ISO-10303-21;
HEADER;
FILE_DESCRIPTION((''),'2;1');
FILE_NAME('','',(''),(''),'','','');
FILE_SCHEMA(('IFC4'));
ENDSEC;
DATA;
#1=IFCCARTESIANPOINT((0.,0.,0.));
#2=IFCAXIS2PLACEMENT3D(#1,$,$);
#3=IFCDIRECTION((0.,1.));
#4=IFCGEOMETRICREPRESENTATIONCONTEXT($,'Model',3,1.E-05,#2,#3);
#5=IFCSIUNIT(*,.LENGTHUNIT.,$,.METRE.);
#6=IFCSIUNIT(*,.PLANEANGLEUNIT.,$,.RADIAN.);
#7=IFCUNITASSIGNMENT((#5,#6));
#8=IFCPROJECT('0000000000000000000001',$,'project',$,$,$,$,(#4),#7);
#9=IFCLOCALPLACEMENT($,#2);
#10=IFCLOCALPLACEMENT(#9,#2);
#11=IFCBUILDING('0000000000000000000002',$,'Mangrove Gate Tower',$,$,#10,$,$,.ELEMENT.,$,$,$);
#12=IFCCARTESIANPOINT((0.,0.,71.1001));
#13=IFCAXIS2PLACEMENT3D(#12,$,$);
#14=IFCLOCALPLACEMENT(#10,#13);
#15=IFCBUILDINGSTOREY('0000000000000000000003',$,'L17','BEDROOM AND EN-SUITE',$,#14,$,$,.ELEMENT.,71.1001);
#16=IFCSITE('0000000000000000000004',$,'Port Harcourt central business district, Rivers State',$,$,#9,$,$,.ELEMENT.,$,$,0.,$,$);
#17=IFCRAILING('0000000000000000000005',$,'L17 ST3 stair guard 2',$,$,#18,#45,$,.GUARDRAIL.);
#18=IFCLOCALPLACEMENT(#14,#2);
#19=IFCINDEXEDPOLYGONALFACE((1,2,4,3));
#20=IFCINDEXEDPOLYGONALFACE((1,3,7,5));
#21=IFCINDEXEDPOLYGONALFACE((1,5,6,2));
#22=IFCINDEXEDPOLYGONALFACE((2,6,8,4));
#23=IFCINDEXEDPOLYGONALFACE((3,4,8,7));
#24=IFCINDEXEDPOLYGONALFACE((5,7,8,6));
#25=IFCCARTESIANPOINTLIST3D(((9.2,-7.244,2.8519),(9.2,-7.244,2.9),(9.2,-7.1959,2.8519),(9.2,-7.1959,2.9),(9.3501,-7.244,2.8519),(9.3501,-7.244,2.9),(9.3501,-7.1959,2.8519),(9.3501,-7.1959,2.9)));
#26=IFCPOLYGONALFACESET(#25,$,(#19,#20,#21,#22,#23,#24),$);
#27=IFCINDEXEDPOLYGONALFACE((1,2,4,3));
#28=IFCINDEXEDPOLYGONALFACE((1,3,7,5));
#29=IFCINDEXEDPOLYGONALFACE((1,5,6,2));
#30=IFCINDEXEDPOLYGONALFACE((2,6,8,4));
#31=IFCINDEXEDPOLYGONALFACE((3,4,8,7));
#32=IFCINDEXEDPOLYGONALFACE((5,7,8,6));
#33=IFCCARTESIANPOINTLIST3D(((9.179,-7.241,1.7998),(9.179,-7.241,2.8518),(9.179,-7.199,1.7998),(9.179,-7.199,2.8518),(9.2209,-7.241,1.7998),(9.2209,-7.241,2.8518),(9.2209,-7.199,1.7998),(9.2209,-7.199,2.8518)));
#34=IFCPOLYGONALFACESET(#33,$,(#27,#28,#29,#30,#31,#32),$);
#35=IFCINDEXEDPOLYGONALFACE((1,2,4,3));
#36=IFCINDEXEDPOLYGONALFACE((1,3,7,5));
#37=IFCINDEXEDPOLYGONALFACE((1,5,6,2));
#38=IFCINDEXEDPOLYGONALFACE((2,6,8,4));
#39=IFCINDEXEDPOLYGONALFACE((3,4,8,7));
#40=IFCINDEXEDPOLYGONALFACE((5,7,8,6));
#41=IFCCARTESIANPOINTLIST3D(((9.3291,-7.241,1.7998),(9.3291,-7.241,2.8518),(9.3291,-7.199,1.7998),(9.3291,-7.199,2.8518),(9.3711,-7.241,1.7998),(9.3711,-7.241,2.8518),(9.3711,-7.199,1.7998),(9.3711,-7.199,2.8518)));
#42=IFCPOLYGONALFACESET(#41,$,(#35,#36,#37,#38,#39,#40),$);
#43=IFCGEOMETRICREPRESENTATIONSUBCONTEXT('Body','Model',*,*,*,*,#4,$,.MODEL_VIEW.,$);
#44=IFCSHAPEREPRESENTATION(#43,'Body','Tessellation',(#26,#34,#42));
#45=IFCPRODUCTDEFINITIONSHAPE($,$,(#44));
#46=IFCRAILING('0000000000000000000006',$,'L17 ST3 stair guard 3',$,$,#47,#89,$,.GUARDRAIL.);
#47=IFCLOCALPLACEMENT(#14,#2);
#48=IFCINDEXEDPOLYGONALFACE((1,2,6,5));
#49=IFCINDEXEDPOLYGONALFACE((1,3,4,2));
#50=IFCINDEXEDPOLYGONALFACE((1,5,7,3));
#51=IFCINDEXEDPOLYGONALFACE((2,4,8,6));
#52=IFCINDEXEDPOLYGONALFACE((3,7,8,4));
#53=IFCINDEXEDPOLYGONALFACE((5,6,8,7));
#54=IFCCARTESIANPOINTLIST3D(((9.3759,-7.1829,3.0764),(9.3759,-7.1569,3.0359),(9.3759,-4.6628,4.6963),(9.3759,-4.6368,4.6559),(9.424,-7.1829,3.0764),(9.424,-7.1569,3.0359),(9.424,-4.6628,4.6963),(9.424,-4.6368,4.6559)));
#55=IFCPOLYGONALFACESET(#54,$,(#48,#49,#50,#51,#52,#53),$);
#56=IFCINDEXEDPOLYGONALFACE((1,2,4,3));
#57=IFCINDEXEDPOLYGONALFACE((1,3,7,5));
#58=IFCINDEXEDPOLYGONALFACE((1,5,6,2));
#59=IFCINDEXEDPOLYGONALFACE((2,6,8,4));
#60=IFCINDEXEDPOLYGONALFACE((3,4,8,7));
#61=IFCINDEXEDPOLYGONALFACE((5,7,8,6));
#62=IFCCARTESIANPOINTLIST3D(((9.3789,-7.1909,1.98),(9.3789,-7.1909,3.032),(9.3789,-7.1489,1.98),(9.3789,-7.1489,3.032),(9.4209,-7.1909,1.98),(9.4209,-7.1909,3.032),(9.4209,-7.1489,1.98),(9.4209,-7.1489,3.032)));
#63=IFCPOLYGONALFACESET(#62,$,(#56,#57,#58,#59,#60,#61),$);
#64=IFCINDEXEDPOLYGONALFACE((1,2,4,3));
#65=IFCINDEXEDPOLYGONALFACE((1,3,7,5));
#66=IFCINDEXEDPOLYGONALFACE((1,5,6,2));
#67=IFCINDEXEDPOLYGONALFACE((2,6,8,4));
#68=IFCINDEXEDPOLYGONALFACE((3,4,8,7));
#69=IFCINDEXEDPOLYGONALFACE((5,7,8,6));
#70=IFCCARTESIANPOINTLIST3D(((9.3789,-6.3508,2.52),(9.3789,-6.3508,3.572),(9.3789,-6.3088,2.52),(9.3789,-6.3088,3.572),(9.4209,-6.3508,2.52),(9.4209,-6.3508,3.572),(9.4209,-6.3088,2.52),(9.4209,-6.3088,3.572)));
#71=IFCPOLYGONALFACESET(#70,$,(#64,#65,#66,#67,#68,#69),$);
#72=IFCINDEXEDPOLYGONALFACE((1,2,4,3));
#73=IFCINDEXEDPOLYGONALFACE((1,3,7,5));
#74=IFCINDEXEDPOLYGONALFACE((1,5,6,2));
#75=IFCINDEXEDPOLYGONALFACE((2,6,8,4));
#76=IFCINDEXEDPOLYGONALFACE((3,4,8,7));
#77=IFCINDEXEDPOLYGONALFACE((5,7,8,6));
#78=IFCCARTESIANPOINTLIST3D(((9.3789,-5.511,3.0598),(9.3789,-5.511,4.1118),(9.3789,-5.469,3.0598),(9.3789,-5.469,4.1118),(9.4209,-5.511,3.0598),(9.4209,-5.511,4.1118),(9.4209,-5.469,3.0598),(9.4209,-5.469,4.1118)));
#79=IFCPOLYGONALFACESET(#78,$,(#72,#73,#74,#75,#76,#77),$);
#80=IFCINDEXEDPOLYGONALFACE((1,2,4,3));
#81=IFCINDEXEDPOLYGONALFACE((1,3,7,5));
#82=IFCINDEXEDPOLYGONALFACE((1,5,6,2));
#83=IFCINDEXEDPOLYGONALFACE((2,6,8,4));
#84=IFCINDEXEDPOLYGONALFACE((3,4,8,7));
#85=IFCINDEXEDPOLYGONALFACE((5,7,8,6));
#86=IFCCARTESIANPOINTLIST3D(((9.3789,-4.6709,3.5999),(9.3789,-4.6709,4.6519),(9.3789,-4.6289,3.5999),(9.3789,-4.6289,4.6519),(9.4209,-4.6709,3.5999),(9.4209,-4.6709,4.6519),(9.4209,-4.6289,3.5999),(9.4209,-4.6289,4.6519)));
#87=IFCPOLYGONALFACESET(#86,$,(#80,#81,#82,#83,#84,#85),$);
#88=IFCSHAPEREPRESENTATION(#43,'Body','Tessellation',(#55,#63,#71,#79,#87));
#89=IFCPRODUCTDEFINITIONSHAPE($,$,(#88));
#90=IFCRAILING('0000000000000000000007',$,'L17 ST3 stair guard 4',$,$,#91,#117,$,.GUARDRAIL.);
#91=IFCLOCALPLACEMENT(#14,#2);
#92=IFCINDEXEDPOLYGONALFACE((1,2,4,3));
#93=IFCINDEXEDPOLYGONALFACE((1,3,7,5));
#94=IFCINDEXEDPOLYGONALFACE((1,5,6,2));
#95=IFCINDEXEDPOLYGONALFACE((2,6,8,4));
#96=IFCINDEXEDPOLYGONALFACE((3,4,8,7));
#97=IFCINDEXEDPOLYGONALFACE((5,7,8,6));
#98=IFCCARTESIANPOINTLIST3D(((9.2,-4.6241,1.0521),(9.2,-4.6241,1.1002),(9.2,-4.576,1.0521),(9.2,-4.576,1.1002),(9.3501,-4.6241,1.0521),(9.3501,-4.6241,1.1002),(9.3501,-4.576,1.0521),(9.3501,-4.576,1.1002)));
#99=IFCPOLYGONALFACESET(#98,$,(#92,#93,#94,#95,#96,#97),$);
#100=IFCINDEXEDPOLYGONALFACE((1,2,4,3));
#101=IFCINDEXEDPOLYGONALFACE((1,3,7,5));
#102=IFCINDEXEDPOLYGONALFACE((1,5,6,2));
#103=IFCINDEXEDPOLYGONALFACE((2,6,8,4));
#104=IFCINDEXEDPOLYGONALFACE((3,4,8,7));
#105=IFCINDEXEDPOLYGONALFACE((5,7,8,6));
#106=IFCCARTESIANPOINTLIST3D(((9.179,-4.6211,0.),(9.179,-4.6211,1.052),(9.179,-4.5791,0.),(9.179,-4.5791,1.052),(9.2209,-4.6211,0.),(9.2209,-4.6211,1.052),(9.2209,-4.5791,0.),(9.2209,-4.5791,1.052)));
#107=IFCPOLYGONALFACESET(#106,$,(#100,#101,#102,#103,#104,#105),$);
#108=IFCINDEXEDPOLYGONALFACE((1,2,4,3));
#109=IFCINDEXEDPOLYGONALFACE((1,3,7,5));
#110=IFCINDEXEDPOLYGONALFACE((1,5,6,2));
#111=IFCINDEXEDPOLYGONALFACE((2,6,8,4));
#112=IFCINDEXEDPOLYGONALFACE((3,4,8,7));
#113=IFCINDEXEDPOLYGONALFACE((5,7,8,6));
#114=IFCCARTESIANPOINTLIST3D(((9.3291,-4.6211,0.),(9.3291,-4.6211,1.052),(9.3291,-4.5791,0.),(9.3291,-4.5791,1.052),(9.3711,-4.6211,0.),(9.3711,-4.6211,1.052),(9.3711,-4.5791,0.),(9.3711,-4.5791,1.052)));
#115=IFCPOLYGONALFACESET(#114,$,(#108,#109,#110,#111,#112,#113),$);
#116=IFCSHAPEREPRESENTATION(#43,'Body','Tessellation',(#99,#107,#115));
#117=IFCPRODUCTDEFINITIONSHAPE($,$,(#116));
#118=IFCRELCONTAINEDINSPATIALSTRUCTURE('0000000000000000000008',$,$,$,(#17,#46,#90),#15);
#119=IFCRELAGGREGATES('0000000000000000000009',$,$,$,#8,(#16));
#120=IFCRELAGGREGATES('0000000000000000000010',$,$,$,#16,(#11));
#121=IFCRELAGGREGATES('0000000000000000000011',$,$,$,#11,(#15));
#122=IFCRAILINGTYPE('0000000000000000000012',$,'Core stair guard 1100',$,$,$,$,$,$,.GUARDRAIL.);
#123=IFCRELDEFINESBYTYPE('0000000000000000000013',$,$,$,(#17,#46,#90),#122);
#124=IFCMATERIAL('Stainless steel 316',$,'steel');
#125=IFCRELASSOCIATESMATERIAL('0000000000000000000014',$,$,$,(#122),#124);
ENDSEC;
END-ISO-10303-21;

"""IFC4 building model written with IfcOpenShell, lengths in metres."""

from ifc_helpers import new_model, si_unit, direction, frame, origin, origin_2d, place, context, subcontext, project, spatial, rectangle, extrude, material, type_object, element, save


model = new_model("IFC4")

# Units and contexts
model_context = context("Model", 3, precision=1e-05, world=origin(), true_north=direction((0.0, 1.0)))
body_context = subcontext(model_context, "Body", "Model", "MODEL_VIEW")
ifc_project = project(units=[si_unit("LENGTHUNIT", "METRE"), si_unit("PLANEANGLEUNIT", "RADIAN")], contexts=[model_context])

# Site, building, storey
site_placement = place(None, origin())
site = spatial("IfcSite", under=ifc_project, at=site_placement, Name="Port Harcourt central business district, Rivers State", CompositionType="ELEMENT", RefElevation=0.0)
building_placement = place(site_placement, origin())
building = spatial("IfcBuilding", under=site, at=building_placement, Name="Mangrove Gate Tower", CompositionType="ELEMENT")
storey_placement = place(building_placement, frame((0.0, 0.0, 71.1001)))
storey = spatial("IfcBuildingStorey", under=building, at=storey_placement, Name="L17", Description="BEDROOM AND EN-SUITE", CompositionType="ELEMENT", Elevation=71.1001)

# Railings
ifc_material_1 = material(Name="Stainless steel 316", Category="steel")
railing_type_1 = type_object("IfcRailingType", Name="Core stair guard 1100", PredefinedType="GUARDRAIL", material=ifc_material_1)
railing_1_placement = place(storey_placement, frame((9.2, -7.22, 1.7998)))
element("IfcRailing", 1, at=railing_1_placement, inside=storey, type_object=railing_type_1, Name="L17 ST3 stair guard 2", PredefinedType="GUARDRAIL", context=body_context, shape_type="SweptSolid", body=[
    extrude(rectangle(XDim=0.0481, YDim=0.0481, at=origin_2d()), frame((0.0, 0.0, 1.0762), z_axis=(1.0, 0.0, 0.0), x_axis=(0.0, 1.0, 0.0)), (0.0, 0.0, 1.0), 0.1501),
    extrude(rectangle(XDim=0.042, YDim=0.042, at=origin_2d()), origin(), (0.0, 0.0, 1.0), 1.052),
    extrude(rectangle(XDim=0.042, YDim=0.042, at=origin_2d()), frame((0.1501, 0.0, 0.0)), (0.0, 0.0, 1.0), 1.052),
])
railing_2_placement = place(storey_placement, frame((9.3999, -7.1699, 1.98)))
element("IfcRailing", 2, at=railing_2_placement, inside=storey, type_object=railing_type_1, Name="L17 ST3 stair guard 3", PredefinedType="GUARDRAIL", context=body_context, shape_type="SweptSolid", body=[
    extrude(rectangle(XDim=0.0481, YDim=0.0481, at=origin_2d()), frame((0.0, 0.0, 1.0762), z_axis=(0.0, 0.8412, 0.540725), x_axis=(-1.0, 0.0, 0.0)), (0.0, 0.0, 1.0), 2.9958),
    extrude(rectangle(XDim=0.042, YDim=0.042, at=origin_2d()), origin(), (0.0, 0.0, 1.0), 1.052),
    extrude(rectangle(XDim=0.042, YDim=0.042, at=origin_2d()), frame((0.0, 0.8401, 0.54)), (0.0, 0.0, 1.0), 1.052),
    extrude(rectangle(XDim=0.042, YDim=0.042, at=origin_2d()), frame((0.0, 1.6799, 1.0798)), (0.0, 0.0, 1.0), 1.052),
    extrude(rectangle(XDim=0.042, YDim=0.042, at=origin_2d()), frame((0.0, 2.52, 1.6199)), (0.0, 0.0, 1.0), 1.052),
])
railing_3_placement = place(storey_placement, frame((9.2, -4.6001, 0.0)))
element("IfcRailing", 3, at=railing_3_placement, inside=storey, type_object=railing_type_1, Name="L17 ST3 stair guard 4", PredefinedType="GUARDRAIL", context=body_context, shape_type="SweptSolid", body=[
    extrude(rectangle(XDim=0.0481, YDim=0.0481, at=origin_2d()), frame((0.0, 0.0, 1.0762), z_axis=(1.0, 0.0, 0.0), x_axis=(0.0, 1.0, 0.0)), (0.0, 0.0, 1.0), 0.1501),
    extrude(rectangle(XDim=0.042, YDim=0.042, at=origin_2d()), origin(), (0.0, 0.0, 1.0), 1.052),
    extrude(rectangle(XDim=0.042, YDim=0.042, at=origin_2d()), frame((0.1501, 0.0, 0.0)), (0.0, 0.0, 1.0), 1.052),
])

save(model, "model.ifc")
